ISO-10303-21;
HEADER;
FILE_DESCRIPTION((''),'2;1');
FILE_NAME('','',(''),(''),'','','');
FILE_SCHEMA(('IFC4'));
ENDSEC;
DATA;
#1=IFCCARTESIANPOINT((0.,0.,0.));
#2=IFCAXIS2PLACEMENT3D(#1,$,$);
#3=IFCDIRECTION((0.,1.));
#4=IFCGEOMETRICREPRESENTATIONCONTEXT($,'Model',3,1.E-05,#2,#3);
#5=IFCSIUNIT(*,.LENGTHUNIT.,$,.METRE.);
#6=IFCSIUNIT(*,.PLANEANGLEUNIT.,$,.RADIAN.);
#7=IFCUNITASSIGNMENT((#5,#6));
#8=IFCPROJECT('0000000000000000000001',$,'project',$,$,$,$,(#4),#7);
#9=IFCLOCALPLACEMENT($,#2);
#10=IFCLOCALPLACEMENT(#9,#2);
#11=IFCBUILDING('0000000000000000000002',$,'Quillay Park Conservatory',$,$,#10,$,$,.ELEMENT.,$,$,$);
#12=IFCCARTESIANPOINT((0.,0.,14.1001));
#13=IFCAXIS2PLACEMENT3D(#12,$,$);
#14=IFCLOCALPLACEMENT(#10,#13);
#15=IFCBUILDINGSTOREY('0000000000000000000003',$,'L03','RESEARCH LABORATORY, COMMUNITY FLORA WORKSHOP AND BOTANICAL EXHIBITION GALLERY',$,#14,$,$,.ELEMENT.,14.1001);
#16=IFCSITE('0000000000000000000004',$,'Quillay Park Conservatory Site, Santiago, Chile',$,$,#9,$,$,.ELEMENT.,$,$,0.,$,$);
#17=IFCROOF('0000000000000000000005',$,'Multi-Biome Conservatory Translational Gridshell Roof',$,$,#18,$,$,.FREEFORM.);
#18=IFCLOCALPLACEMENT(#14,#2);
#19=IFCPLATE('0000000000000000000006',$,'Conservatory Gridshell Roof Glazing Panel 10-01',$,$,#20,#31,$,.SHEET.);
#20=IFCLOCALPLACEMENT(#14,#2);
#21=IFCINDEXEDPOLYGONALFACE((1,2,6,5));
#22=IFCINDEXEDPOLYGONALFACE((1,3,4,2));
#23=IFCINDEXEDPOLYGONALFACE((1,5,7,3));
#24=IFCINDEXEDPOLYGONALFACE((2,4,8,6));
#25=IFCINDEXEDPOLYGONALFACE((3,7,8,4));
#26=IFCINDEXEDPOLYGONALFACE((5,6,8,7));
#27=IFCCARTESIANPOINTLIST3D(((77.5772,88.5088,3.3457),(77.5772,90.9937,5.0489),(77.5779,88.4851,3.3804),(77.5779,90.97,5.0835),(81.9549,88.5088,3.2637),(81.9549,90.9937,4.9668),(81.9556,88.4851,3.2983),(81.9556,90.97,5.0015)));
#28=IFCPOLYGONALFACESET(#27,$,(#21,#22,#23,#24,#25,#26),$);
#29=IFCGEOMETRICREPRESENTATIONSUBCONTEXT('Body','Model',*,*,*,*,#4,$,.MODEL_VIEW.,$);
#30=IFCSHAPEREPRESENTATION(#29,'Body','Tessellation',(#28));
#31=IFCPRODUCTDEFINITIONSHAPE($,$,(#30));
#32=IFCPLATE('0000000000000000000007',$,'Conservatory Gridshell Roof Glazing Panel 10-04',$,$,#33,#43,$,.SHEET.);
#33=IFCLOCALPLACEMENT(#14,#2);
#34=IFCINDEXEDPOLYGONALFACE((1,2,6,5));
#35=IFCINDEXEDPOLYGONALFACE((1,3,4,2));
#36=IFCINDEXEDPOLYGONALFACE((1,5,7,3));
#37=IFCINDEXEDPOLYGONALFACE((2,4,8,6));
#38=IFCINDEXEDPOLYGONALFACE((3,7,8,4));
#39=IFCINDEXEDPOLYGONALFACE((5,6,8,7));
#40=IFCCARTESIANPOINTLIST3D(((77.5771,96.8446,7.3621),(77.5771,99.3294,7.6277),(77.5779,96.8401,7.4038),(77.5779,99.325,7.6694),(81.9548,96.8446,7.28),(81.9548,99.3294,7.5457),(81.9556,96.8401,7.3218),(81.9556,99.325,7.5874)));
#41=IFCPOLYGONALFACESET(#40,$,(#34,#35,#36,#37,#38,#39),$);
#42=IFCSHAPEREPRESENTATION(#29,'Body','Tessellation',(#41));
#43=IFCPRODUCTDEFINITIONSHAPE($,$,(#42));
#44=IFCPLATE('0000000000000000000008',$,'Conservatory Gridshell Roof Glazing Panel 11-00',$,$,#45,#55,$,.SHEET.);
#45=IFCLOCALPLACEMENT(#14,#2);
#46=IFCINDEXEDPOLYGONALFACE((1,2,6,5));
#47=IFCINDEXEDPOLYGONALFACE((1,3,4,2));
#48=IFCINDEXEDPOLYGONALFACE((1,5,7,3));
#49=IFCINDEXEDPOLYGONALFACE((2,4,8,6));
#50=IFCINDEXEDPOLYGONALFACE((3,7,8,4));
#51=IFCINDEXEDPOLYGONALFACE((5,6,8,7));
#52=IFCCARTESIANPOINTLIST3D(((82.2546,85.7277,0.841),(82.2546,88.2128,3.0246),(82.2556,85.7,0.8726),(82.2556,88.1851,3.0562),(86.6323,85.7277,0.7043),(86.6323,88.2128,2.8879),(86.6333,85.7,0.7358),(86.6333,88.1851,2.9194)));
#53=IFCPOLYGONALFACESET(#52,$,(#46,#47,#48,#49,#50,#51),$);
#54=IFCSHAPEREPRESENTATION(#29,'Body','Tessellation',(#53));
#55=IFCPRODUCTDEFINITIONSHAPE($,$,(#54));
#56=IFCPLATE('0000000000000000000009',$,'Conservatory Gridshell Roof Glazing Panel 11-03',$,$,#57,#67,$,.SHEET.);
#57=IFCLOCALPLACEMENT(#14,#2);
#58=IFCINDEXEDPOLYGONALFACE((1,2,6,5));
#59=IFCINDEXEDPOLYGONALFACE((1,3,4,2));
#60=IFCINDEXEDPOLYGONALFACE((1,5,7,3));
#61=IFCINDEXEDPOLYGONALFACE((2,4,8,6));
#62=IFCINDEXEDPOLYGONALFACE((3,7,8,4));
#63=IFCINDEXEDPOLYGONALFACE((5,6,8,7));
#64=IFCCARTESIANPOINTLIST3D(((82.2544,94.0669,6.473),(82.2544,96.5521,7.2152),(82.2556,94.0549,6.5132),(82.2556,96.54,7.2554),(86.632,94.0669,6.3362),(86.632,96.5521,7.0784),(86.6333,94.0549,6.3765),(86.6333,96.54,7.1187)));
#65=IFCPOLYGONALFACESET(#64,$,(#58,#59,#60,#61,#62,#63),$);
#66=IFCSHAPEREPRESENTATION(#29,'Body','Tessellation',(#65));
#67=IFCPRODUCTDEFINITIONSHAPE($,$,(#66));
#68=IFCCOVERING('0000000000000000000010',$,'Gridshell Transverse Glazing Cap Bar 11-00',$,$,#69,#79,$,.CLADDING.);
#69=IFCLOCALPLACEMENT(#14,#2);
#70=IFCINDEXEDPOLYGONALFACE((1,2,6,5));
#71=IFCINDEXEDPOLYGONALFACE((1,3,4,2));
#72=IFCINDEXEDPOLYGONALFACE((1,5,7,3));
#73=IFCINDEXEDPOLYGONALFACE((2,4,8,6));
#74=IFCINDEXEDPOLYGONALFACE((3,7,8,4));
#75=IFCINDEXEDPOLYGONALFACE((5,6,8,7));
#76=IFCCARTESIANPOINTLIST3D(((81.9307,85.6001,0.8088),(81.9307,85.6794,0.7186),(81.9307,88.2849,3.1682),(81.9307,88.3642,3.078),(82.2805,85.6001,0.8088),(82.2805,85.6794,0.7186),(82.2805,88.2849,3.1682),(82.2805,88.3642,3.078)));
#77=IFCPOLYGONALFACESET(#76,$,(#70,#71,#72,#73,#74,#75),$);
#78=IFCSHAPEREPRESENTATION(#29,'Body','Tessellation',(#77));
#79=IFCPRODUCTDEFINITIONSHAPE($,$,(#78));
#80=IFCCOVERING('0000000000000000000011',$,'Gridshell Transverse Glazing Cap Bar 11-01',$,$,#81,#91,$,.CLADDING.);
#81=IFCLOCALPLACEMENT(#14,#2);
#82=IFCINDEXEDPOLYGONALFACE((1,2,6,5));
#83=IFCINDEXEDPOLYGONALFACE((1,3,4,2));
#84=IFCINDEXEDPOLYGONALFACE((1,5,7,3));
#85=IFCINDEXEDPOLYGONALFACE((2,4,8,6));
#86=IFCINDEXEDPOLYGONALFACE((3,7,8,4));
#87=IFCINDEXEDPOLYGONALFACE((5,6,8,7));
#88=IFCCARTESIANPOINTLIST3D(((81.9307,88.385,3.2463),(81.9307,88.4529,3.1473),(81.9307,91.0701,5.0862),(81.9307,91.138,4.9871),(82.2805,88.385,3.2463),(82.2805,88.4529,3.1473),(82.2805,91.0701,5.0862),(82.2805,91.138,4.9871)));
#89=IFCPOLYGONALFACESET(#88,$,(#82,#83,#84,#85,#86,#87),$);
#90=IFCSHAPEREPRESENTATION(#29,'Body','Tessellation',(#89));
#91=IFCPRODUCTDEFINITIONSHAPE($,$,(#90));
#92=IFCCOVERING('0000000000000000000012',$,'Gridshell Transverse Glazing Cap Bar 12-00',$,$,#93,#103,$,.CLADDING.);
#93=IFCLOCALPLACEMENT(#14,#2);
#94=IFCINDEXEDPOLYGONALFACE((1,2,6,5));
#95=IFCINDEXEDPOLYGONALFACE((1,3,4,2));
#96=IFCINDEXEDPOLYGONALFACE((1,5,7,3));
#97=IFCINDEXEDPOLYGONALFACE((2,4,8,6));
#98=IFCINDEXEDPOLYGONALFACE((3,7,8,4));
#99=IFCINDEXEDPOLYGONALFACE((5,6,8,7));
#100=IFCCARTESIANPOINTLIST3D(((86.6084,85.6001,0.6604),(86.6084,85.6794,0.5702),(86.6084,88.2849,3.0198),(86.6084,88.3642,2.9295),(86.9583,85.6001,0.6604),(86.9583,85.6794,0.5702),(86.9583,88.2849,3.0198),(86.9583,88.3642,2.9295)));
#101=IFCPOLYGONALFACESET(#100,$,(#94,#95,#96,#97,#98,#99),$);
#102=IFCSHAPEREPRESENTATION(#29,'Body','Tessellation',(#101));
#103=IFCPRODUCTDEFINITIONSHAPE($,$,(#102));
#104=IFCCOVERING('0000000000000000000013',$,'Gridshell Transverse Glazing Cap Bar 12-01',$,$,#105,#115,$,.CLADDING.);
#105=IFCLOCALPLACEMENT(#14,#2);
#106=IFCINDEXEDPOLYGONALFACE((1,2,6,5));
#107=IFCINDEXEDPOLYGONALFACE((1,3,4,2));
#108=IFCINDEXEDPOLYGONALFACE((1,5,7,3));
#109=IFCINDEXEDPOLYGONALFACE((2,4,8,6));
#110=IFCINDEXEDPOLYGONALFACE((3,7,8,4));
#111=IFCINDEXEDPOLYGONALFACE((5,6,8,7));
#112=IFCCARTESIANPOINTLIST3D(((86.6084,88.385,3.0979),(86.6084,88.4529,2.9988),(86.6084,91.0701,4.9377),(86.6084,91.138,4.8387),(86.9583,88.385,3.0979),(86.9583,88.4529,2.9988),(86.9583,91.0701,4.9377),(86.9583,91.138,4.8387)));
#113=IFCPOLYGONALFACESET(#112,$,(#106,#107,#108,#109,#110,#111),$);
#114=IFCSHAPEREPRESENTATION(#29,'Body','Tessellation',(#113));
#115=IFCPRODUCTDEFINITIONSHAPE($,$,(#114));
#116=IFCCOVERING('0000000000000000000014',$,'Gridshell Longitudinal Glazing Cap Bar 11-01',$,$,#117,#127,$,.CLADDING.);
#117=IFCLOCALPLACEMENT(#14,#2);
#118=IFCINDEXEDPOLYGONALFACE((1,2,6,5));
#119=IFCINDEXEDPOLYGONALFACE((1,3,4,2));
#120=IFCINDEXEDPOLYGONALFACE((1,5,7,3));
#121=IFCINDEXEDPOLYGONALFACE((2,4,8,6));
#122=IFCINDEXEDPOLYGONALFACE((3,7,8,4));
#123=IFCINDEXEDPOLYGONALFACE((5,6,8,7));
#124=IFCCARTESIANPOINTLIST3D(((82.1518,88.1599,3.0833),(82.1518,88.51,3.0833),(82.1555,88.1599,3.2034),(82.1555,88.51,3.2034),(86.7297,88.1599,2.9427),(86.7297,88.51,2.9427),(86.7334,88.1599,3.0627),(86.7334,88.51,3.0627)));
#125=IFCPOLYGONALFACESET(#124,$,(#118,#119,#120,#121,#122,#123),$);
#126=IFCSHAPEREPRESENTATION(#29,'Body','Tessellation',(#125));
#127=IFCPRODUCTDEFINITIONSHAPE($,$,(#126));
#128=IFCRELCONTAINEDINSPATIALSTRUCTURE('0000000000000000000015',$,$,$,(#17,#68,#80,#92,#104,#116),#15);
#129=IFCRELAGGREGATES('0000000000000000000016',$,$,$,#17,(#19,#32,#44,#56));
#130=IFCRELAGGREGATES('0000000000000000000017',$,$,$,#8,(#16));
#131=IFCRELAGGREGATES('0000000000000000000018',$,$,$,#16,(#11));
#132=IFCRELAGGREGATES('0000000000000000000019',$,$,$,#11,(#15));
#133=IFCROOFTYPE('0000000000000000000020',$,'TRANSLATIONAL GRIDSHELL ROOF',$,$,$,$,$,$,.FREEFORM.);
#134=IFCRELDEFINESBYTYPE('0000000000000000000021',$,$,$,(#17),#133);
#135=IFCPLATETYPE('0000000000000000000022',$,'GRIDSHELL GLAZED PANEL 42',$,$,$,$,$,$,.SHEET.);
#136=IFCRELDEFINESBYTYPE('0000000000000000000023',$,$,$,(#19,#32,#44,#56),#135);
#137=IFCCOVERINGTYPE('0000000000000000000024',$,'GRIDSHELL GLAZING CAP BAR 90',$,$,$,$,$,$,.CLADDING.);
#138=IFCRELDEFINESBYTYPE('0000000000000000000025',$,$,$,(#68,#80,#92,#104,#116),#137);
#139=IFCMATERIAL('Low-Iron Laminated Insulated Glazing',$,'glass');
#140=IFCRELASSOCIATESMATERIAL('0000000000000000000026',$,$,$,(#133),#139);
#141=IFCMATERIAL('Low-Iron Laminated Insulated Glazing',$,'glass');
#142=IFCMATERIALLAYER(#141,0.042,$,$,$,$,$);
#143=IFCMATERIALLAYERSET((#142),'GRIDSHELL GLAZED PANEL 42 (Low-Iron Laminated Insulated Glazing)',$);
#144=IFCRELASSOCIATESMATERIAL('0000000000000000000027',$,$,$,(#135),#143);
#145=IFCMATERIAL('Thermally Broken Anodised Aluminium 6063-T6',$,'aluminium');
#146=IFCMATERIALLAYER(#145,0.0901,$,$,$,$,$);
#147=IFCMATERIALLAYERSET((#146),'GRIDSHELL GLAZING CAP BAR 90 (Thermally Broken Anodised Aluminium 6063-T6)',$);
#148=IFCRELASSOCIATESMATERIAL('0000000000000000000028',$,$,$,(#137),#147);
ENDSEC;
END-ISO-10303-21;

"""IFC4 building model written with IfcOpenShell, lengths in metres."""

from ifc_helpers import new_model, si_unit, direction, frame, origin, place, context, subcontext, project, spatial, polyline, outline, extrude, material, layer, layer_set, type_object, element, aggregate, save


model = new_model("IFC4")

# Units and contexts
model_context = context("Model", 3, precision=1e-05, world=origin(), true_north=direction((0.0, 1.0)))
body_context = subcontext(model_context, "Body", "Model", "MODEL_VIEW")
ifc_project = project(units=[si_unit("LENGTHUNIT", "METRE"), si_unit("PLANEANGLEUNIT", "RADIAN")], contexts=[model_context])

# Site, building, storey
site_placement = place(None, origin())
site = spatial("IfcSite", under=ifc_project, at=site_placement, Name="Quillay Park Conservatory Site, Santiago, Chile", CompositionType="ELEMENT", RefElevation=0.0)
building_placement = place(site_placement, origin())
building = spatial("IfcBuilding", under=site, at=building_placement, Name="Quillay Park Conservatory", CompositionType="ELEMENT")
storey_placement = place(building_placement, frame((0.0, 0.0, 14.1001)))
storey = spatial("IfcBuildingStorey", under=building, at=storey_placement, Name="L03", Description="RESEARCH LABORATORY, COMMUNITY FLORA WORKSHOP AND BOTANICAL EXHIBITION GALLERY", CompositionType="ELEMENT", Elevation=14.1001)

# Roof, plates
ifc_material_1 = material(Name="Low-Iron Laminated Insulated Glazing", Category="glass")
roof_type = type_object("IfcRoofType", Name="TRANSLATIONAL GRIDSHELL ROOF", PredefinedType="FREEFORM", material=ifc_material_1)
roof_placement = place(storey_placement, origin())
roof = element("IfcRoof", 1, at=roof_placement, inside=storey, type_object=roof_type, Name="Multi-Biome Conservatory Translational Gridshell Roof", PredefinedType="FREEFORM")
ifc_material_2 = material(Name="Low-Iron Laminated Insulated Glazing", Category="glass")
ifc_layer_1 = layer(ifc_material_2, 0.042)
ifc_layer_set_1 = layer_set([ifc_layer_1], Name="GRIDSHELL GLAZED PANEL 42 (Low-Iron Laminated Insulated Glazing)")
plate_type_1 = type_object("IfcPlateType", Name="GRIDSHELL GLAZED PANEL 42", PredefinedType="SHEET", material=ifc_layer_set_1)
plate_1_placement = place(storey_placement, frame((77.5779, 88.4851, 3.3804), z_axis=(0.015455, -0.565284, 0.824751), x_axis=(0.999824, 0.0, -0.018735)))
plate_1 = element("IfcPlate", 2, at=plate_1_placement, type_object=plate_type_1, Name="Conservatory Gridshell Roof Glazing Panel 10-01", PredefinedType="SHEET", context=body_context, shape_type="SweptSolid", body=[
    extrude(outline(polyline([(0.0, 0.0), (4.3785, 0.0), (4.3465, 3.0123), (-0.0319, 3.0123), (0.0, 0.0)])), origin(), (0.0, 0.0, -1.0), 0.042),
])
plate_2_placement = place(storey_placement, frame((77.5779, 96.8401, 7.4038), z_axis=(0.018629, -0.106273, 0.994162), x_axis=(0.999824, 0.0, -0.018735)))
plate_2 = element("IfcPlate", 3, at=plate_2_placement, type_object=plate_type_1, Name="Conservatory Gridshell Roof Glazing Panel 10-04", PredefinedType="SHEET", context=body_context, shape_type="SweptSolid", body=[
    extrude(outline(polyline([(0.0, 0.0), (4.3785, 0.0), (4.3735, 2.499), (-0.005, 2.499), (0.0, 0.0)])), origin(), (0.0, 0.0, -1.0), 0.042),
])
plate_3_placement = place(storey_placement, frame((82.2556, 85.7, 0.8726), z_axis=(0.023454, -0.659884, 0.751001), x_axis=(0.999513, 0.0, -0.031216)))
plate_3 = element("IfcPlate", 4, at=plate_3_placement, type_object=plate_type_1, Name="Conservatory Gridshell Roof Glazing Panel 11-00", PredefinedType="SHEET", context=body_context, shape_type="SweptSolid", body=[
    extrude(outline(polyline([(0.0, 0.0), (4.3798, 0.0), (4.3117, 3.3074), (-0.0682, 3.3074), (0.0, 0.0)])), origin(), (0.0, 0.0, -1.0), 0.042),
])
plate_4_placement = place(storey_placement, frame((82.2556, 94.0549, 6.5132), z_axis=(0.029911, -0.286036, 0.957752), x_axis=(0.999513, 0.0, -0.031216)))
plate_4 = element("IfcPlate", 5, at=plate_4_placement, type_object=plate_type_1, Name="Conservatory Gridshell Roof Glazing Panel 11-03", PredefinedType="SHEET", context=body_context, shape_type="SweptSolid", body=[
    extrude(outline(polyline([(0.0, 0.0), (4.3798, 0.0), (4.3567, 2.5935), (-0.0232, 2.5935), (0.0, 0.0)])), origin(), (0.0, 0.0, -1.0), 0.042),
])
aggregate(roof, [plate_1, plate_2, plate_3, plate_4])

# Coverings
ifc_material_3 = material(Name="Thermally Broken Anodised Aluminium 6063-T6", Category="aluminium")
ifc_layer_2 = layer(ifc_material_3, 0.0901)
ifc_layer_set_2 = layer_set([ifc_layer_2], Name="GRIDSHELL GLAZING CAP BAR 90 (Thermally Broken Anodised Aluminium 6063-T6)")
covering_type = type_object("IfcCoveringType", Name="GRIDSHELL GLAZING CAP BAR 90", PredefinedType="CLADDING", material=ifc_layer_set_2)
covering_1_placement = place(storey_placement, frame((81.9307, 85.6001, 0.8088), z_axis=(0.0, -0.660113, 0.751166), x_axis=(1.0, 0.0, 0.0)))
element("IfcCovering", 6, at=covering_1_placement, inside=storey, type_object=covering_type, Name="Gridshell Transverse Glazing Cap Bar 11-00", PredefinedType="CLADDING", context=body_context, shape_type="SweptSolid", body=[
    extrude(outline(polyline([(0.0, 0.0), (0.3499, 0.0), (0.3499, 3.5742), (0.0, 3.5742), (0.0, 0.0)])), origin(), (0.0, 0.0, -1.0), 0.1201),
])
covering_2_placement = place(storey_placement, frame((81.9307, 88.385, 3.2463), z_axis=(0.0, -0.565248, 0.824921), x_axis=(1.0, 0.0, 0.0)))
element("IfcCovering", 7, at=covering_2_placement, inside=storey, type_object=covering_type, Name="Gridshell Transverse Glazing Cap Bar 11-01", PredefinedType="CLADDING", context=body_context, shape_type="SweptSolid", body=[
    extrude(outline(polyline([(0.0, 0.0), (0.3499, 0.0), (0.3499, 3.2549), (0.0, 3.2549), (0.0, 0.0)])), origin(), (0.0, 0.0, -1.0), 0.1201),
])
covering_3_placement = place(storey_placement, frame((86.6084, 85.6001, 0.6604), z_axis=(0.0, -0.660113, 0.751166), x_axis=(1.0, 0.0, 0.0)))
element("IfcCovering", 8, at=covering_3_placement, inside=storey, type_object=covering_type, Name="Gridshell Transverse Glazing Cap Bar 12-00", PredefinedType="CLADDING", context=body_context, shape_type="SweptSolid", body=[
    extrude(outline(polyline([(0.0, 0.0), (0.3499, 0.0), (0.3499, 3.5742), (0.0, 3.5742), (0.0, 0.0)])), origin(), (0.0, 0.0, -1.0), 0.1201),
])
covering_4_placement = place(storey_placement, frame((86.6084, 88.385, 3.0979), z_axis=(0.0, -0.565248, 0.824921), x_axis=(1.0, 0.0, 0.0)))
element("IfcCovering", 9, at=covering_4_placement, inside=storey, type_object=covering_type, Name="Gridshell Transverse Glazing Cap Bar 12-01", PredefinedType="CLADDING", context=body_context, shape_type="SweptSolid", body=[
    extrude(outline(polyline([(0.0, 0.0), (0.3499, 0.0), (0.3499, 3.2549), (0.0, 3.2549), (0.0, 0.0)])), origin(), (0.0, 0.0, -1.0), 0.1201),
])
covering_5_placement = place(storey_placement, frame((82.1555, 88.1599, 3.2034), z_axis=(0.030704, 0.0, 0.999529), x_axis=(0.999529, 0.0, -0.030704)))
element("IfcCovering", 10, at=covering_5_placement, inside=storey, type_object=covering_type, Name="Gridshell Longitudinal Glazing Cap Bar 11-01", PredefinedType="CLADDING", context=body_context, shape_type="SweptSolid", body=[
    extrude(outline(polyline([(0.0, 0.0), (4.58, 0.0), (4.58, 0.3501), (0.0, 0.3501), (0.0, 0.0)])), origin(), (0.0, 0.0, -1.0), 0.1201),
])

save(model, "model.ifc")
